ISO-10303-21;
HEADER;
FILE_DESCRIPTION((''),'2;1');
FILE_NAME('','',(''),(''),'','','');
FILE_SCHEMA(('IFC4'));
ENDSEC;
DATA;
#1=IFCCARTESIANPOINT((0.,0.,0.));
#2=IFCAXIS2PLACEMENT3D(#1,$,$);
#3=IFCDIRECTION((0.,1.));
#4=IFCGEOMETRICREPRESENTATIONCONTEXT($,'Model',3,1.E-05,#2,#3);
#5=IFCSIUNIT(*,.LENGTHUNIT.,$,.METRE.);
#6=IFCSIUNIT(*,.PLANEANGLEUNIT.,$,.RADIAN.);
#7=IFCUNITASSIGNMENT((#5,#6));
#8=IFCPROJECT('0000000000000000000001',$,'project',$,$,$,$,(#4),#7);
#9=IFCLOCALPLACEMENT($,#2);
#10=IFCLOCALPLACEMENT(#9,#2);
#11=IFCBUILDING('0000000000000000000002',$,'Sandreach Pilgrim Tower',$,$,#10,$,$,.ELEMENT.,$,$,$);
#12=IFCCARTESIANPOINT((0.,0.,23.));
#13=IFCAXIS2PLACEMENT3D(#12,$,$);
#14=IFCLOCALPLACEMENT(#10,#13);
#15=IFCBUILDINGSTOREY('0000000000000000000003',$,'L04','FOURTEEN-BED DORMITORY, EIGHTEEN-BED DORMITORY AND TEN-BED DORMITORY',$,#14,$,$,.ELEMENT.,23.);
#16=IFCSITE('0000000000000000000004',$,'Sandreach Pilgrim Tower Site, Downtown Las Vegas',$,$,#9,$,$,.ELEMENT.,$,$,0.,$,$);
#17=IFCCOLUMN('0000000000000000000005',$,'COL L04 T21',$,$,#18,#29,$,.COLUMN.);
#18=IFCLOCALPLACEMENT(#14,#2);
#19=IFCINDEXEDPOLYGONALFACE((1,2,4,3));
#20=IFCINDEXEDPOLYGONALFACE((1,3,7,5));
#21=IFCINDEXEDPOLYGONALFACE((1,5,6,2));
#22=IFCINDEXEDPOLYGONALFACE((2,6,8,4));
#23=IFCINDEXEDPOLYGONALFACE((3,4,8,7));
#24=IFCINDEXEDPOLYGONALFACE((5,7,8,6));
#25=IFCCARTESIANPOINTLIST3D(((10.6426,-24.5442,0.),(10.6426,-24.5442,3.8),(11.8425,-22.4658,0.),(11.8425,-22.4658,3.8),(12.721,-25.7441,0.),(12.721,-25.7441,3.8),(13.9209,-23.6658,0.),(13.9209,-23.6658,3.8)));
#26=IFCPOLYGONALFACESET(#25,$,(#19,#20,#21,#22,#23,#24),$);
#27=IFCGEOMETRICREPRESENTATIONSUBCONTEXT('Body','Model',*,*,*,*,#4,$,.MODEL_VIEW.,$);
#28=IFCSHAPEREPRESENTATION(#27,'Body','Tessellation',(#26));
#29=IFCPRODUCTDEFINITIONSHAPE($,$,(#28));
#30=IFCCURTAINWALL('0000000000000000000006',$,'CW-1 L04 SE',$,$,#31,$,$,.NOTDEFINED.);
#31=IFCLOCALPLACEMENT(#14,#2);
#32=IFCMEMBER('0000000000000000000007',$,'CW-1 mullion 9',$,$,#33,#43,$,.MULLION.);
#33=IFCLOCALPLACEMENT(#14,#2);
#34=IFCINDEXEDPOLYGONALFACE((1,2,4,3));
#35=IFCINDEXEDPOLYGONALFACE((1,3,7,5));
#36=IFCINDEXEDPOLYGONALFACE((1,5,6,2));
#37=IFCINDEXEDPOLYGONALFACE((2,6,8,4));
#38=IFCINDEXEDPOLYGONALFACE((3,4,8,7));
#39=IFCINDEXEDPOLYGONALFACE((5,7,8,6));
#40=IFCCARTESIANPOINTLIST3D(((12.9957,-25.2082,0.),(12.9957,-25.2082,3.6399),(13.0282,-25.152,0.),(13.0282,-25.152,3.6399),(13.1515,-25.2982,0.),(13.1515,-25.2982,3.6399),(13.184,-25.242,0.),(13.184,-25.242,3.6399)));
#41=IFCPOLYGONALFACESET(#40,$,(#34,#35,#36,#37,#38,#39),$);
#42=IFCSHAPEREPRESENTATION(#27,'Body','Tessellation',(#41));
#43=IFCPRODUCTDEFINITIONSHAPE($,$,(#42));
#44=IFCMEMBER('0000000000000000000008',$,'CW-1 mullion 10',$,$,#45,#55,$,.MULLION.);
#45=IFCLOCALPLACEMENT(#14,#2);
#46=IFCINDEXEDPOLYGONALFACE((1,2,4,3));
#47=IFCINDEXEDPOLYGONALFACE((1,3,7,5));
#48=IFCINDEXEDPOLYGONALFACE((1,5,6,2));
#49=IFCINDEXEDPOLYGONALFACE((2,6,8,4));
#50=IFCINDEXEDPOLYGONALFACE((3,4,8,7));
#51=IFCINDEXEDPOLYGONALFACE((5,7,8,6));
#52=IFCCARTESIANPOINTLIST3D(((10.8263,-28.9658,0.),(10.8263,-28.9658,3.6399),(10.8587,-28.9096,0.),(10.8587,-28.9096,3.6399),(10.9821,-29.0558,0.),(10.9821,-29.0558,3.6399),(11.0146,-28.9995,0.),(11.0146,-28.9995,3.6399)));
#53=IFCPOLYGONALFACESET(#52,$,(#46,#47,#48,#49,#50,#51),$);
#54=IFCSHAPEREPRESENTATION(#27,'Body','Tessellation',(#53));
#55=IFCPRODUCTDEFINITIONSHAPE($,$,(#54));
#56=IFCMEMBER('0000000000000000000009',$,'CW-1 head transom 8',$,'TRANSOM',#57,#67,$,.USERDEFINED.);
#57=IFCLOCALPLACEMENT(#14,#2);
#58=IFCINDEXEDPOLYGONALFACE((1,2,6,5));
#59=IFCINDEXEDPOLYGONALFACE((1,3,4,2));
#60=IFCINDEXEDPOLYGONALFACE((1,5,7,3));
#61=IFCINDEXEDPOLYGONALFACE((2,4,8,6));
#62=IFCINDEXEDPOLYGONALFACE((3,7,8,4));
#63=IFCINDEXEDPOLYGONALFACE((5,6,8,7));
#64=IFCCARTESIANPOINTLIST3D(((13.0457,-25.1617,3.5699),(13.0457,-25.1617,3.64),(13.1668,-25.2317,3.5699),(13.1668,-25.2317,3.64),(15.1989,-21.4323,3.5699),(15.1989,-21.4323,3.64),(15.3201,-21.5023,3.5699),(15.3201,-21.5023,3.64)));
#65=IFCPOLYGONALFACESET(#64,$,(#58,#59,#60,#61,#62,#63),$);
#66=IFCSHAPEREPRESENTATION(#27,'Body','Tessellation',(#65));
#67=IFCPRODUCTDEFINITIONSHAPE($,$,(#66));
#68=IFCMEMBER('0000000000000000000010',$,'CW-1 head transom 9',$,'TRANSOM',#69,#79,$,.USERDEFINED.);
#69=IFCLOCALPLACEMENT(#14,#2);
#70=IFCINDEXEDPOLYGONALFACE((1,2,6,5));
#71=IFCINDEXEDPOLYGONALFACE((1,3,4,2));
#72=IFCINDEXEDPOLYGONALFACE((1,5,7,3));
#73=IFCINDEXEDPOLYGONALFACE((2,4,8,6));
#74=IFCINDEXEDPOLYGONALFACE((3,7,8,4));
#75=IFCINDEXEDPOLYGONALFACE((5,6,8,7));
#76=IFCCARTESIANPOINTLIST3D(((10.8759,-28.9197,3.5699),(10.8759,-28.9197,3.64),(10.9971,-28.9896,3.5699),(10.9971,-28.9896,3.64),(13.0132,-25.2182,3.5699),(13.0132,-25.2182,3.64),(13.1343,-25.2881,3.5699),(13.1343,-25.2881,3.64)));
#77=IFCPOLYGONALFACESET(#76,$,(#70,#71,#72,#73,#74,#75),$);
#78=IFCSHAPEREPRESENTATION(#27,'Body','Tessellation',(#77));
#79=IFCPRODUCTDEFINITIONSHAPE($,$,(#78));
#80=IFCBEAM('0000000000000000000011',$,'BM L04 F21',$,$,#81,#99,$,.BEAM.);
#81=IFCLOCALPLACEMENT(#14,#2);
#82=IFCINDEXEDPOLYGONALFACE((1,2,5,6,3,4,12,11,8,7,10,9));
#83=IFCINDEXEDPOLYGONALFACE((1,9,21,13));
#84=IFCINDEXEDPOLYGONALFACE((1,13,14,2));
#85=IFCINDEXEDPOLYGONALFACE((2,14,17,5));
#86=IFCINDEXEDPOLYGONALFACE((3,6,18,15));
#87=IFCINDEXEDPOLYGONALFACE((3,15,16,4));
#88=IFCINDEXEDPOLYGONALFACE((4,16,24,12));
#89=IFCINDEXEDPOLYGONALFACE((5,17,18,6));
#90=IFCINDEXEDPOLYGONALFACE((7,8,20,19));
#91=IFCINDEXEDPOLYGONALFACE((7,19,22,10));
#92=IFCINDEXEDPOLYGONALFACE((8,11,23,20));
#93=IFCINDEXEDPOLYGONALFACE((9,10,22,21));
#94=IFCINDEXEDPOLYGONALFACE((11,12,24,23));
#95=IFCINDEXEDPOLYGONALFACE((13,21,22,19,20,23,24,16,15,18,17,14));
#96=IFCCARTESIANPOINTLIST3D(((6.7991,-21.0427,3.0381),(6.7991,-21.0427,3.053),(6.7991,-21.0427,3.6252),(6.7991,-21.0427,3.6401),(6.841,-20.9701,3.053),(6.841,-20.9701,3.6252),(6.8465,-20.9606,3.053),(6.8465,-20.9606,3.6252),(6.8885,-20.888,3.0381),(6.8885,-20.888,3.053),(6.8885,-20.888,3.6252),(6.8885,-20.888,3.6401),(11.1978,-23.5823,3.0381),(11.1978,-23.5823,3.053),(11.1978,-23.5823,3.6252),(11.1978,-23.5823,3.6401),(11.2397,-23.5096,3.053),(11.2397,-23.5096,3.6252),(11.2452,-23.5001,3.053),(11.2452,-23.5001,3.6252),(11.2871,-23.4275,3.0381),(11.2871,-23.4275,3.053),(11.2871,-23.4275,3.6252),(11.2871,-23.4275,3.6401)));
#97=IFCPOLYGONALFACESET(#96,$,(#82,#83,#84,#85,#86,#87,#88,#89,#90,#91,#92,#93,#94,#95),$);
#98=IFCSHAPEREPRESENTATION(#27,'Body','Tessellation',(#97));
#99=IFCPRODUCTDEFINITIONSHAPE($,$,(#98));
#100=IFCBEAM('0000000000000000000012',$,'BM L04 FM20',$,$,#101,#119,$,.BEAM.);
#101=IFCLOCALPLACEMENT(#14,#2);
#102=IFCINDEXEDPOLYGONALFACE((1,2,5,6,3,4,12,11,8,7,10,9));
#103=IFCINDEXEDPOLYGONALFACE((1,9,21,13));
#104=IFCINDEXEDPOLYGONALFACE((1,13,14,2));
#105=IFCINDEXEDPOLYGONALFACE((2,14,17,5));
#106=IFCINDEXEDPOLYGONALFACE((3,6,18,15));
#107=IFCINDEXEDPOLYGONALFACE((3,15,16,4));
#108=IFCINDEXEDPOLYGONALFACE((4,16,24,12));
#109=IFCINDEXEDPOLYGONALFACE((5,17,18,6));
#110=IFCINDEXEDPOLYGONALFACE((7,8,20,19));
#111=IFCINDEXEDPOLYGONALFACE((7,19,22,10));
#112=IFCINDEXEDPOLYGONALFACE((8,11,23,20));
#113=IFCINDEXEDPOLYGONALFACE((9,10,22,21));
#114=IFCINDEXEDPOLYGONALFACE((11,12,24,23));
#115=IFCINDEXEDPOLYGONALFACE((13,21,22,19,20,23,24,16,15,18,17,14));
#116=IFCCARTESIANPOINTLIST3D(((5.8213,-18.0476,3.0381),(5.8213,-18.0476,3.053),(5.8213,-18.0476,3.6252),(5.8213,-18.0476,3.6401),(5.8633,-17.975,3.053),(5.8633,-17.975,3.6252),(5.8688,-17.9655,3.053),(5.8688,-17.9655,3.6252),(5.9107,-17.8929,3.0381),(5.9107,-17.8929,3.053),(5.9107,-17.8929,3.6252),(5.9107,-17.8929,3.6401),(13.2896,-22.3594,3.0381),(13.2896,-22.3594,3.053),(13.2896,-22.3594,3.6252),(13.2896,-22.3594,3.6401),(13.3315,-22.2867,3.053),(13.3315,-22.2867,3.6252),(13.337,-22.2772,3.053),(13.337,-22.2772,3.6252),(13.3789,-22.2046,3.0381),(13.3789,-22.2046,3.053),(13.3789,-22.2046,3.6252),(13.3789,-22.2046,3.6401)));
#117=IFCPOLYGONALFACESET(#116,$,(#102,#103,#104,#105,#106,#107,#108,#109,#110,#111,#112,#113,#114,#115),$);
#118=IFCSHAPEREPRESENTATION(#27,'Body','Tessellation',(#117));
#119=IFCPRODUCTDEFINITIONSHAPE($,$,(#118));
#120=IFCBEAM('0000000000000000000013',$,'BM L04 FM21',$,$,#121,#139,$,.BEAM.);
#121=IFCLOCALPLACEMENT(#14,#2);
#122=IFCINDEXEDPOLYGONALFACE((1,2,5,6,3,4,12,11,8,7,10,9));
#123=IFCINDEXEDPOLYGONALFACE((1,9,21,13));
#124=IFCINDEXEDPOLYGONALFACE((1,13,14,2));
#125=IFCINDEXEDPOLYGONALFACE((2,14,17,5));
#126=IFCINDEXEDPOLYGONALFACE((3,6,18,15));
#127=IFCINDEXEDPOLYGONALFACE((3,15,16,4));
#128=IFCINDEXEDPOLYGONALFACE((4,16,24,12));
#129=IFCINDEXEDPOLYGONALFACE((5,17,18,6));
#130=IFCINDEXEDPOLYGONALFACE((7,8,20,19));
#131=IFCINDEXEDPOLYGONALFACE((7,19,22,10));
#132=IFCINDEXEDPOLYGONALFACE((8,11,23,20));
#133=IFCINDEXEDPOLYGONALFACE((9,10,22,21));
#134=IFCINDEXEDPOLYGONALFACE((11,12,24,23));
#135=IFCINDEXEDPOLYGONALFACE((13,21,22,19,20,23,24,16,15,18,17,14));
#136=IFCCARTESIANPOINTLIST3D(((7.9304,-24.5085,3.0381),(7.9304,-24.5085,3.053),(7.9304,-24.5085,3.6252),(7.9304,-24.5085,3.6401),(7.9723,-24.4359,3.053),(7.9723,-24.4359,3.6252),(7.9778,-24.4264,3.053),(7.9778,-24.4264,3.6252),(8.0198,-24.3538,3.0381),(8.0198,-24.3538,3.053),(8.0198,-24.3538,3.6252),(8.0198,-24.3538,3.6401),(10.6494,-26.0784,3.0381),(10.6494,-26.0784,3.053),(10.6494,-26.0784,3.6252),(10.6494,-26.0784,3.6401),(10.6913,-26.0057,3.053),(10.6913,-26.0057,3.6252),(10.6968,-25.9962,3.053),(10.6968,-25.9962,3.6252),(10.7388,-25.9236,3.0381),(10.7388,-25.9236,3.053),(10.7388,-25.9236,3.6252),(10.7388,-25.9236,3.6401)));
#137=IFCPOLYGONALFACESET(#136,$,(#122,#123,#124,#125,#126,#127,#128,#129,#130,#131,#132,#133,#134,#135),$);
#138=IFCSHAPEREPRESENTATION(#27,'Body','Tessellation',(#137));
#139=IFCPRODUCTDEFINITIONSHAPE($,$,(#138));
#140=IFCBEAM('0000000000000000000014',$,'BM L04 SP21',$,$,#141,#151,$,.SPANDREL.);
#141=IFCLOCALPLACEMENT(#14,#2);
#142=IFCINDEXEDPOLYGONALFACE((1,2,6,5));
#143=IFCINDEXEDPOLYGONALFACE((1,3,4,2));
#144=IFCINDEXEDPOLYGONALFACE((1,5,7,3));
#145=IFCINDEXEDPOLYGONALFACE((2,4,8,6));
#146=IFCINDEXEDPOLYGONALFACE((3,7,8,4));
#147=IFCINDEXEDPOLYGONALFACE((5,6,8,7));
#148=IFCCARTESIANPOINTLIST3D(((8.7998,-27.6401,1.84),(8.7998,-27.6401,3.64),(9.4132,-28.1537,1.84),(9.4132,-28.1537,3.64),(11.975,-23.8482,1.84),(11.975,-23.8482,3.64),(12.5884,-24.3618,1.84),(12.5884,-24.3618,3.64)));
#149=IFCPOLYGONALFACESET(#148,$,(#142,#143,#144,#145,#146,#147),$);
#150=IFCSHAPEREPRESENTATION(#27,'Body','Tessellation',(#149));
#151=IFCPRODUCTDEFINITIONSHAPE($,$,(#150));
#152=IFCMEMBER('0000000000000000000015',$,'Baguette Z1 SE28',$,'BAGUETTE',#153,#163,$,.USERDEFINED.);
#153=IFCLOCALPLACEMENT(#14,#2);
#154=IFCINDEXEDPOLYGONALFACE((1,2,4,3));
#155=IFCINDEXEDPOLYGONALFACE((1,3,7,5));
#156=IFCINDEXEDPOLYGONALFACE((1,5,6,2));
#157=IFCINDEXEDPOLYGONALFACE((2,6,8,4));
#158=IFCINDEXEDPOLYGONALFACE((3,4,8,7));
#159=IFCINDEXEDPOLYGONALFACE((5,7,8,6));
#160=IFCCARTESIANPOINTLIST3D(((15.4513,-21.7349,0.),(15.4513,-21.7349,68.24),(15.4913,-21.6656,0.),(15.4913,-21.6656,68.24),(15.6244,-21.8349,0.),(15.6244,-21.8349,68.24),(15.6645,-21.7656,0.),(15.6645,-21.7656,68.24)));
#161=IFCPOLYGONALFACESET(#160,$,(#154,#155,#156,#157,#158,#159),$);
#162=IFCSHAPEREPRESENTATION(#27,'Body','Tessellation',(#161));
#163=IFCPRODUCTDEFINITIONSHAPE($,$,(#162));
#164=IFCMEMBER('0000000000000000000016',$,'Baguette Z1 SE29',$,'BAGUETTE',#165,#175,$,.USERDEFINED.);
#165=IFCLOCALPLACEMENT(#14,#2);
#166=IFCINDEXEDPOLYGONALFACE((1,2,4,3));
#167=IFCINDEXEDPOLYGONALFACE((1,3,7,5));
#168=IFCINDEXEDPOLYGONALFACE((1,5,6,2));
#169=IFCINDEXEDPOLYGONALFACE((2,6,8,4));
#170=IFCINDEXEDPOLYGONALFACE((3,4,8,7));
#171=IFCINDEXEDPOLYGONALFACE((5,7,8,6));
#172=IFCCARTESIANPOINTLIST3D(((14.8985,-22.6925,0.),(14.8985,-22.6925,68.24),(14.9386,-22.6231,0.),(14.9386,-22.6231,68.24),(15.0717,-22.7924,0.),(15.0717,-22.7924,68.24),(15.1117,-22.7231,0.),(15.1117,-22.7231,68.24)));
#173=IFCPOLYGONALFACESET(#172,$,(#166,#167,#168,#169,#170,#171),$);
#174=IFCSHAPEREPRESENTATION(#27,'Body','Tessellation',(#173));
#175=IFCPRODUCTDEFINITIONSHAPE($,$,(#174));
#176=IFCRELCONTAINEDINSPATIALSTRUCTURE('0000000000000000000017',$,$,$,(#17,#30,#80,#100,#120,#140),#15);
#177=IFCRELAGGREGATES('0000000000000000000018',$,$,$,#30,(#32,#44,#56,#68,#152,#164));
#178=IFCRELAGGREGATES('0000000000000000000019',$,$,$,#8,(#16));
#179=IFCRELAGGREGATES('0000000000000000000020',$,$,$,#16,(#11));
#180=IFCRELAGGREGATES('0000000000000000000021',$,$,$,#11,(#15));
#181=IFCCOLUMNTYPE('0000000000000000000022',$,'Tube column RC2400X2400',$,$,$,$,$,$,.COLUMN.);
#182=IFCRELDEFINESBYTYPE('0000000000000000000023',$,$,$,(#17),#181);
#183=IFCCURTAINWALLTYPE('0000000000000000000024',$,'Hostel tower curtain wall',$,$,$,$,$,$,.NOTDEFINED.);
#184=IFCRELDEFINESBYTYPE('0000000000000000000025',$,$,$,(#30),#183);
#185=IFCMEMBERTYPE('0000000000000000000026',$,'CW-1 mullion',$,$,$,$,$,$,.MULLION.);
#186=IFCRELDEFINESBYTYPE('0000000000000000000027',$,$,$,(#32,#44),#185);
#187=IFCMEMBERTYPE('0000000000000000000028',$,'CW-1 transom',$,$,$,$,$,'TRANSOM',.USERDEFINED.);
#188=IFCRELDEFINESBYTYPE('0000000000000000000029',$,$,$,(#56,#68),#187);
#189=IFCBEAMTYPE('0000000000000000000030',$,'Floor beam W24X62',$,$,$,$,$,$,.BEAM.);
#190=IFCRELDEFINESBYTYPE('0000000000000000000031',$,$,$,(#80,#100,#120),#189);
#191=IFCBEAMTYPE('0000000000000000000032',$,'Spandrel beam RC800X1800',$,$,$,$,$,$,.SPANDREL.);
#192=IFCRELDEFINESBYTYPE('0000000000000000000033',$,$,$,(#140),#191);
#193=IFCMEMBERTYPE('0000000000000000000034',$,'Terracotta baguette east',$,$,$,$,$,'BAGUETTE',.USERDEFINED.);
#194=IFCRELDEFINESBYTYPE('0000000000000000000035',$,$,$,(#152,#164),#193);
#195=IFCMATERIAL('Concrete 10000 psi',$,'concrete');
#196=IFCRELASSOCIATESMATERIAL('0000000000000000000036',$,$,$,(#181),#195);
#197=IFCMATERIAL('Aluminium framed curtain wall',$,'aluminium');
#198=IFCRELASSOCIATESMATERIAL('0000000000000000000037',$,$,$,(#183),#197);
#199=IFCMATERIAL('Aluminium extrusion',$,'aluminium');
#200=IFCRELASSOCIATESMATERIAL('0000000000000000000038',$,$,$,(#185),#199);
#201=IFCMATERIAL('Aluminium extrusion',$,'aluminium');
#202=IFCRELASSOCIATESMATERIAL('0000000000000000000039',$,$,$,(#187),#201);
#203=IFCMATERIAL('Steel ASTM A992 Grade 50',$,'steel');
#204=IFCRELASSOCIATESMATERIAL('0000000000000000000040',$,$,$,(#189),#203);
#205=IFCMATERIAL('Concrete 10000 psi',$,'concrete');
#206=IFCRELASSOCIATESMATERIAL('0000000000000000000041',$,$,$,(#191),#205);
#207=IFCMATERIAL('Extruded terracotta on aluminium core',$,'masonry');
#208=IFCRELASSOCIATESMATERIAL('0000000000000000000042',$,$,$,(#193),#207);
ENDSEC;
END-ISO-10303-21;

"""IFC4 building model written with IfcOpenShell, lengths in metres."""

from ifc_helpers import new_model, si_unit, direction, frame, origin, origin_2d, place, context, subcontext, project, spatial, rectangle, i_section, extrude, material, material_profile, profile_set, type_object, element, aggregate, save


model = new_model("IFC4")

# Units and contexts
model_context = context("Model", 3, precision=1e-05, world=origin(), true_north=direction((0.0, 1.0)))
body_context = subcontext(model_context, "Body", "Model", "MODEL_VIEW")
ifc_project = project(units=[si_unit("LENGTHUNIT", "METRE"), si_unit("PLANEANGLEUNIT", "RADIAN")], contexts=[model_context])

# Site, building, storey
site_placement = place(None, origin())
site = spatial("IfcSite", under=ifc_project, at=site_placement, Name="Sandreach Pilgrim Tower Site, Downtown Las Vegas", CompositionType="ELEMENT", RefElevation=0.0)
building_placement = place(site_placement, origin())
building = spatial("IfcBuilding", under=site, at=building_placement, Name="Sandreach Pilgrim Tower", CompositionType="ELEMENT")
storey_placement = place(building_placement, frame((0.0, 0.0, 23.0)))
storey = spatial("IfcBuildingStorey", under=building, at=storey_placement, Name="L04", Description="FOURTEEN-BED DORMITORY, EIGHTEEN-BED DORMITORY AND TEN-BED DORMITORY", CompositionType="ELEMENT", Elevation=23.0)

# Column
ifc_material_1 = material(Name="Concrete 10000 psi", Category="concrete")
ifc_material_profile_1 = material_profile(ifc_material_1, rectangle(XDim=2.3999, YDim=2.3999, at=origin_2d()), Name="RC2400X2400")
ifc_profile_set_1 = profile_set([ifc_material_profile_1], Name="Concrete 10000 psi")
column_type = type_object("IfcColumnType", Name="Tube column RC2400X2400", PredefinedType="COLUMN", material=ifc_profile_set_1)
column_placement = place(storey_placement, frame((12.2817, -24.105, 0.0), z_axis=(0.0, 0.0, 1.0), x_axis=(0.866025, -0.5, 0.0)))
element("IfcColumn", 1, at=column_placement, inside=storey, type_object=column_type, Name="COL L04 T21", PredefinedType="COLUMN", context=body_context, shape_type="SweptSolid", body=[
    extrude(rectangle(XDim=2.3999, YDim=2.3999, at=origin_2d()), origin(), (0.0, 0.0, 1.0), 3.8),
])

# Curtain wall, members
ifc_material_2 = material(Name="Aluminium framed curtain wall", Category="aluminium")
curtain_wall_type = type_object("IfcCurtainWallType", Name="Hostel tower curtain wall", PredefinedType="NOTDEFINED", material=ifc_material_2)
curtain_wall_placement = place(storey_placement, origin())
curtain_wall = element("IfcCurtainWall", 2, at=curtain_wall_placement, inside=storey, type_object=curtain_wall_type, Name="CW-1 L04 SE", PredefinedType="NOTDEFINED")
ifc_material_3 = material(Name="Aluminium extrusion", Category="aluminium")
ifc_material_profile_2 = material_profile(ifc_material_3, rectangle(XDim=0.0649, YDim=0.1799, at=origin_2d()), Name="CW-1M 65X180")
ifc_profile_set_2 = profile_set([ifc_material_profile_2], Name="Aluminium extrusion")
member_type_1 = type_object("IfcMemberType", Name="CW-1 mullion", PredefinedType="MULLION", material=ifc_profile_set_2)
member_1_placement = place(storey_placement, frame((13.0898, -25.2251, 0.0), z_axis=(0.0, 0.0, 1.0), x_axis=(-0.5, -0.866025, 0.0)))
member_1 = element("IfcMember", 3, at=member_1_placement, type_object=member_type_1, Name="CW-1 mullion 9", PredefinedType="MULLION", context=body_context, shape_type="SweptSolid", body=[
    extrude(rectangle(XDim=0.0649, YDim=0.1799, at=origin_2d()), origin(), (0.0, 0.0, 1.0), 3.6399),
])
member_2_placement = place(storey_placement, frame((10.9204, -28.9827, 0.0), z_axis=(0.0, 0.0, 1.0), x_axis=(-0.5, -0.866025, 0.0)))
member_2 = element("IfcMember", 4, at=member_2_placement, type_object=member_type_1, Name="CW-1 mullion 10", PredefinedType="MULLION", context=body_context, shape_type="SweptSolid", body=[
    extrude(rectangle(XDim=0.0649, YDim=0.1799, at=origin_2d()), origin(), (0.0, 0.0, 1.0), 3.6399),
])
ifc_material_4 = material(Name="Aluminium extrusion", Category="aluminium")
ifc_material_profile_3 = material_profile(ifc_material_4, rectangle(XDim=0.1399, YDim=0.0701, at=origin_2d()), Name="CW-1T 140X70")
ifc_profile_set_3 = profile_set([ifc_material_profile_3], Name="Aluminium extrusion")
member_type_2 = type_object("IfcMemberType", Name="CW-1 transom", ElementType="TRANSOM", PredefinedType="USERDEFINED", material=ifc_profile_set_3)
member_3_placement = place(storey_placement, frame((15.2595, -21.4673, 3.605), z_axis=(-0.500017, -0.866016, 0.0), x_axis=(0.866016, -0.500017, 0.0)))
member_3 = element("IfcMember", 5, at=member_3_placement, type_object=member_type_2, Name="CW-1 head transom 8", ObjectType="TRANSOM", PredefinedType="USERDEFINED", context=body_context, shape_type="SweptSolid", body=[
    extrude(rectangle(XDim=0.1399, YDim=0.0701, at=origin_2d()), origin(), (0.0, 0.0, 1.0), 4.3064),
])
member_4_placement = place(storey_placement, frame((13.0737, -25.2532, 3.605), z_axis=(-0.500034, -0.866006, 0.0), x_axis=(0.866006, -0.500034, 0.0)))
member_4 = element("IfcMember", 6, at=member_4_placement, type_object=member_type_2, Name="CW-1 head transom 9", ObjectType="TRANSOM", PredefinedType="USERDEFINED", context=body_context, shape_type="SweptSolid", body=[
    extrude(rectangle(XDim=0.1399, YDim=0.0701, at=origin_2d()), origin(), (0.0, 0.0, 1.0), 4.2742),
])

# Beams
ifc_material_5 = material(Name="Steel ASTM A992 Grade 50", Category="steel")
ifc_material_profile_4 = material_profile(ifc_material_5, i_section(OverallWidth=0.1787, OverallDepth=0.6021, WebThickness=0.011, FlangeThickness=0.0149, at=origin_2d()), Name="W24X62")
ifc_profile_set_4 = profile_set([ifc_material_profile_4], Name="Steel ASTM A992 Grade 50")
beam_type_1 = type_object("IfcBeamType", Name="Floor beam W24X62", PredefinedType="BEAM", material=ifc_profile_set_4)
beam_1_placement = place(storey_placement, frame((11.2424, -23.5049, 3.3391), z_axis=(-0.866028, 0.499996, 0.0), x_axis=(-0.499996, -0.866028, 0.0)))
element("IfcBeam", 7, at=beam_1_placement, inside=storey, type_object=beam_type_1, Name="BM L04 F21", PredefinedType="BEAM", context=body_context, shape_type="SweptSolid", body=[
    extrude(i_section(OverallWidth=0.1787, OverallDepth=0.6021, WebThickness=0.011, FlangeThickness=0.0149, at=origin_2d()), origin(), (0.0, 0.0, 1.0), 5.0791),
])
beam_2_placement = place(storey_placement, frame((13.3342, -22.282, 3.3391), z_axis=(-0.866027, 0.499997, 0.0), x_axis=(-0.499997, -0.866027, 0.0)))
element("IfcBeam", 8, at=beam_2_placement, inside=storey, type_object=beam_type_1, Name="BM L04 FM20", PredefinedType="BEAM", context=body_context, shape_type="SweptSolid", body=[
    extrude(i_section(OverallWidth=0.1787, OverallDepth=0.6021, WebThickness=0.011, FlangeThickness=0.0149, at=origin_2d()), origin(), (0.0, 0.0, 1.0), 8.6235),
])
beam_3_placement = place(storey_placement, frame((10.6941, -26.001, 3.3391), z_axis=(-0.866024, 0.500003, 0.0), x_axis=(-0.500003, -0.866024, 0.0)))
element("IfcBeam", 9, at=beam_3_placement, inside=storey, type_object=beam_type_1, Name="BM L04 FM21", PredefinedType="BEAM", context=body_context, shape_type="SweptSolid", body=[
    extrude(i_section(OverallWidth=0.1787, OverallDepth=0.6021, WebThickness=0.011, FlangeThickness=0.0149, at=origin_2d()), origin(), (0.0, 0.0, 1.0), 3.1396),
])
ifc_material_6 = material(Name="Concrete 10000 psi", Category="concrete")
ifc_material_profile_5 = material_profile(ifc_material_6, rectangle(XDim=0.8, YDim=1.8, at=origin_2d()), Name="RC800X1800")
ifc_profile_set_5 = profile_set([ifc_material_profile_5], Name="Concrete 10000 psi")
beam_type_2 = type_object("IfcBeamType", Name="Spandrel beam RC800X1800", PredefinedType="SPANDREL", material=ifc_profile_set_5)
beam_4_placement = place(storey_placement, frame((12.2817, -24.105, 2.74), z_axis=(-0.642008, -0.766698, 0.0), x_axis=(0.766698, -0.642008, 0.0)))
element("IfcBeam", 10, at=beam_4_placement, inside=storey, type_object=beam_type_2, Name="BM L04 SP21", PredefinedType="SPANDREL", context=body_context, shape_type="SweptSolid", body=[
    extrude(rectangle(XDim=0.8, YDim=1.8, at=origin_2d()), origin(), (0.0, 0.0, 1.0), 4.9458),
])

# Members
ifc_material_7 = material(Name="Extruded terracotta on aluminium core", Category="masonry")
ifc_material_profile_6 = material_profile(ifc_material_7, rectangle(XDim=0.0801, YDim=0.2, at=origin_2d()), Name="TBE 80X200")
ifc_profile_set_6 = profile_set([ifc_material_profile_6], Name="Extruded terracotta on aluminium core")
member_type_3 = type_object("IfcMemberType", Name="Terracotta baguette east", ElementType="BAGUETTE", PredefinedType="USERDEFINED", material=ifc_profile_set_6)
member_5_placement = place(storey_placement, frame((15.5579, -21.7502, 0.0), z_axis=(0.0, 0.0, 1.0), x_axis=(-0.5, -0.866025, 0.0)))
member_5 = element("IfcMember", 11, at=member_5_placement, type_object=member_type_3, Name="Baguette Z1 SE28", ObjectType="BAGUETTE", PredefinedType="USERDEFINED", context=body_context, shape_type="SweptSolid", body=[
    extrude(rectangle(XDim=0.0801, YDim=0.2, at=origin_2d()), origin(), (0.0, 0.0, 1.0), 68.24),
])
member_6_placement = place(storey_placement, frame((15.0051, -22.7078, 0.0), z_axis=(0.0, 0.0, 1.0), x_axis=(-0.5, -0.866025, 0.0)))
member_6 = element("IfcMember", 12, at=member_6_placement, type_object=member_type_3, Name="Baguette Z1 SE29", ObjectType="BAGUETTE", PredefinedType="USERDEFINED", context=body_context, shape_type="SweptSolid", body=[
    extrude(rectangle(XDim=0.0801, YDim=0.2, at=origin_2d()), origin(), (0.0, 0.0, 1.0), 68.24),
])

aggregate(curtain_wall, [member_1, member_2, member_3, member_4, member_5, member_6])

save(model, "model.ifc")
